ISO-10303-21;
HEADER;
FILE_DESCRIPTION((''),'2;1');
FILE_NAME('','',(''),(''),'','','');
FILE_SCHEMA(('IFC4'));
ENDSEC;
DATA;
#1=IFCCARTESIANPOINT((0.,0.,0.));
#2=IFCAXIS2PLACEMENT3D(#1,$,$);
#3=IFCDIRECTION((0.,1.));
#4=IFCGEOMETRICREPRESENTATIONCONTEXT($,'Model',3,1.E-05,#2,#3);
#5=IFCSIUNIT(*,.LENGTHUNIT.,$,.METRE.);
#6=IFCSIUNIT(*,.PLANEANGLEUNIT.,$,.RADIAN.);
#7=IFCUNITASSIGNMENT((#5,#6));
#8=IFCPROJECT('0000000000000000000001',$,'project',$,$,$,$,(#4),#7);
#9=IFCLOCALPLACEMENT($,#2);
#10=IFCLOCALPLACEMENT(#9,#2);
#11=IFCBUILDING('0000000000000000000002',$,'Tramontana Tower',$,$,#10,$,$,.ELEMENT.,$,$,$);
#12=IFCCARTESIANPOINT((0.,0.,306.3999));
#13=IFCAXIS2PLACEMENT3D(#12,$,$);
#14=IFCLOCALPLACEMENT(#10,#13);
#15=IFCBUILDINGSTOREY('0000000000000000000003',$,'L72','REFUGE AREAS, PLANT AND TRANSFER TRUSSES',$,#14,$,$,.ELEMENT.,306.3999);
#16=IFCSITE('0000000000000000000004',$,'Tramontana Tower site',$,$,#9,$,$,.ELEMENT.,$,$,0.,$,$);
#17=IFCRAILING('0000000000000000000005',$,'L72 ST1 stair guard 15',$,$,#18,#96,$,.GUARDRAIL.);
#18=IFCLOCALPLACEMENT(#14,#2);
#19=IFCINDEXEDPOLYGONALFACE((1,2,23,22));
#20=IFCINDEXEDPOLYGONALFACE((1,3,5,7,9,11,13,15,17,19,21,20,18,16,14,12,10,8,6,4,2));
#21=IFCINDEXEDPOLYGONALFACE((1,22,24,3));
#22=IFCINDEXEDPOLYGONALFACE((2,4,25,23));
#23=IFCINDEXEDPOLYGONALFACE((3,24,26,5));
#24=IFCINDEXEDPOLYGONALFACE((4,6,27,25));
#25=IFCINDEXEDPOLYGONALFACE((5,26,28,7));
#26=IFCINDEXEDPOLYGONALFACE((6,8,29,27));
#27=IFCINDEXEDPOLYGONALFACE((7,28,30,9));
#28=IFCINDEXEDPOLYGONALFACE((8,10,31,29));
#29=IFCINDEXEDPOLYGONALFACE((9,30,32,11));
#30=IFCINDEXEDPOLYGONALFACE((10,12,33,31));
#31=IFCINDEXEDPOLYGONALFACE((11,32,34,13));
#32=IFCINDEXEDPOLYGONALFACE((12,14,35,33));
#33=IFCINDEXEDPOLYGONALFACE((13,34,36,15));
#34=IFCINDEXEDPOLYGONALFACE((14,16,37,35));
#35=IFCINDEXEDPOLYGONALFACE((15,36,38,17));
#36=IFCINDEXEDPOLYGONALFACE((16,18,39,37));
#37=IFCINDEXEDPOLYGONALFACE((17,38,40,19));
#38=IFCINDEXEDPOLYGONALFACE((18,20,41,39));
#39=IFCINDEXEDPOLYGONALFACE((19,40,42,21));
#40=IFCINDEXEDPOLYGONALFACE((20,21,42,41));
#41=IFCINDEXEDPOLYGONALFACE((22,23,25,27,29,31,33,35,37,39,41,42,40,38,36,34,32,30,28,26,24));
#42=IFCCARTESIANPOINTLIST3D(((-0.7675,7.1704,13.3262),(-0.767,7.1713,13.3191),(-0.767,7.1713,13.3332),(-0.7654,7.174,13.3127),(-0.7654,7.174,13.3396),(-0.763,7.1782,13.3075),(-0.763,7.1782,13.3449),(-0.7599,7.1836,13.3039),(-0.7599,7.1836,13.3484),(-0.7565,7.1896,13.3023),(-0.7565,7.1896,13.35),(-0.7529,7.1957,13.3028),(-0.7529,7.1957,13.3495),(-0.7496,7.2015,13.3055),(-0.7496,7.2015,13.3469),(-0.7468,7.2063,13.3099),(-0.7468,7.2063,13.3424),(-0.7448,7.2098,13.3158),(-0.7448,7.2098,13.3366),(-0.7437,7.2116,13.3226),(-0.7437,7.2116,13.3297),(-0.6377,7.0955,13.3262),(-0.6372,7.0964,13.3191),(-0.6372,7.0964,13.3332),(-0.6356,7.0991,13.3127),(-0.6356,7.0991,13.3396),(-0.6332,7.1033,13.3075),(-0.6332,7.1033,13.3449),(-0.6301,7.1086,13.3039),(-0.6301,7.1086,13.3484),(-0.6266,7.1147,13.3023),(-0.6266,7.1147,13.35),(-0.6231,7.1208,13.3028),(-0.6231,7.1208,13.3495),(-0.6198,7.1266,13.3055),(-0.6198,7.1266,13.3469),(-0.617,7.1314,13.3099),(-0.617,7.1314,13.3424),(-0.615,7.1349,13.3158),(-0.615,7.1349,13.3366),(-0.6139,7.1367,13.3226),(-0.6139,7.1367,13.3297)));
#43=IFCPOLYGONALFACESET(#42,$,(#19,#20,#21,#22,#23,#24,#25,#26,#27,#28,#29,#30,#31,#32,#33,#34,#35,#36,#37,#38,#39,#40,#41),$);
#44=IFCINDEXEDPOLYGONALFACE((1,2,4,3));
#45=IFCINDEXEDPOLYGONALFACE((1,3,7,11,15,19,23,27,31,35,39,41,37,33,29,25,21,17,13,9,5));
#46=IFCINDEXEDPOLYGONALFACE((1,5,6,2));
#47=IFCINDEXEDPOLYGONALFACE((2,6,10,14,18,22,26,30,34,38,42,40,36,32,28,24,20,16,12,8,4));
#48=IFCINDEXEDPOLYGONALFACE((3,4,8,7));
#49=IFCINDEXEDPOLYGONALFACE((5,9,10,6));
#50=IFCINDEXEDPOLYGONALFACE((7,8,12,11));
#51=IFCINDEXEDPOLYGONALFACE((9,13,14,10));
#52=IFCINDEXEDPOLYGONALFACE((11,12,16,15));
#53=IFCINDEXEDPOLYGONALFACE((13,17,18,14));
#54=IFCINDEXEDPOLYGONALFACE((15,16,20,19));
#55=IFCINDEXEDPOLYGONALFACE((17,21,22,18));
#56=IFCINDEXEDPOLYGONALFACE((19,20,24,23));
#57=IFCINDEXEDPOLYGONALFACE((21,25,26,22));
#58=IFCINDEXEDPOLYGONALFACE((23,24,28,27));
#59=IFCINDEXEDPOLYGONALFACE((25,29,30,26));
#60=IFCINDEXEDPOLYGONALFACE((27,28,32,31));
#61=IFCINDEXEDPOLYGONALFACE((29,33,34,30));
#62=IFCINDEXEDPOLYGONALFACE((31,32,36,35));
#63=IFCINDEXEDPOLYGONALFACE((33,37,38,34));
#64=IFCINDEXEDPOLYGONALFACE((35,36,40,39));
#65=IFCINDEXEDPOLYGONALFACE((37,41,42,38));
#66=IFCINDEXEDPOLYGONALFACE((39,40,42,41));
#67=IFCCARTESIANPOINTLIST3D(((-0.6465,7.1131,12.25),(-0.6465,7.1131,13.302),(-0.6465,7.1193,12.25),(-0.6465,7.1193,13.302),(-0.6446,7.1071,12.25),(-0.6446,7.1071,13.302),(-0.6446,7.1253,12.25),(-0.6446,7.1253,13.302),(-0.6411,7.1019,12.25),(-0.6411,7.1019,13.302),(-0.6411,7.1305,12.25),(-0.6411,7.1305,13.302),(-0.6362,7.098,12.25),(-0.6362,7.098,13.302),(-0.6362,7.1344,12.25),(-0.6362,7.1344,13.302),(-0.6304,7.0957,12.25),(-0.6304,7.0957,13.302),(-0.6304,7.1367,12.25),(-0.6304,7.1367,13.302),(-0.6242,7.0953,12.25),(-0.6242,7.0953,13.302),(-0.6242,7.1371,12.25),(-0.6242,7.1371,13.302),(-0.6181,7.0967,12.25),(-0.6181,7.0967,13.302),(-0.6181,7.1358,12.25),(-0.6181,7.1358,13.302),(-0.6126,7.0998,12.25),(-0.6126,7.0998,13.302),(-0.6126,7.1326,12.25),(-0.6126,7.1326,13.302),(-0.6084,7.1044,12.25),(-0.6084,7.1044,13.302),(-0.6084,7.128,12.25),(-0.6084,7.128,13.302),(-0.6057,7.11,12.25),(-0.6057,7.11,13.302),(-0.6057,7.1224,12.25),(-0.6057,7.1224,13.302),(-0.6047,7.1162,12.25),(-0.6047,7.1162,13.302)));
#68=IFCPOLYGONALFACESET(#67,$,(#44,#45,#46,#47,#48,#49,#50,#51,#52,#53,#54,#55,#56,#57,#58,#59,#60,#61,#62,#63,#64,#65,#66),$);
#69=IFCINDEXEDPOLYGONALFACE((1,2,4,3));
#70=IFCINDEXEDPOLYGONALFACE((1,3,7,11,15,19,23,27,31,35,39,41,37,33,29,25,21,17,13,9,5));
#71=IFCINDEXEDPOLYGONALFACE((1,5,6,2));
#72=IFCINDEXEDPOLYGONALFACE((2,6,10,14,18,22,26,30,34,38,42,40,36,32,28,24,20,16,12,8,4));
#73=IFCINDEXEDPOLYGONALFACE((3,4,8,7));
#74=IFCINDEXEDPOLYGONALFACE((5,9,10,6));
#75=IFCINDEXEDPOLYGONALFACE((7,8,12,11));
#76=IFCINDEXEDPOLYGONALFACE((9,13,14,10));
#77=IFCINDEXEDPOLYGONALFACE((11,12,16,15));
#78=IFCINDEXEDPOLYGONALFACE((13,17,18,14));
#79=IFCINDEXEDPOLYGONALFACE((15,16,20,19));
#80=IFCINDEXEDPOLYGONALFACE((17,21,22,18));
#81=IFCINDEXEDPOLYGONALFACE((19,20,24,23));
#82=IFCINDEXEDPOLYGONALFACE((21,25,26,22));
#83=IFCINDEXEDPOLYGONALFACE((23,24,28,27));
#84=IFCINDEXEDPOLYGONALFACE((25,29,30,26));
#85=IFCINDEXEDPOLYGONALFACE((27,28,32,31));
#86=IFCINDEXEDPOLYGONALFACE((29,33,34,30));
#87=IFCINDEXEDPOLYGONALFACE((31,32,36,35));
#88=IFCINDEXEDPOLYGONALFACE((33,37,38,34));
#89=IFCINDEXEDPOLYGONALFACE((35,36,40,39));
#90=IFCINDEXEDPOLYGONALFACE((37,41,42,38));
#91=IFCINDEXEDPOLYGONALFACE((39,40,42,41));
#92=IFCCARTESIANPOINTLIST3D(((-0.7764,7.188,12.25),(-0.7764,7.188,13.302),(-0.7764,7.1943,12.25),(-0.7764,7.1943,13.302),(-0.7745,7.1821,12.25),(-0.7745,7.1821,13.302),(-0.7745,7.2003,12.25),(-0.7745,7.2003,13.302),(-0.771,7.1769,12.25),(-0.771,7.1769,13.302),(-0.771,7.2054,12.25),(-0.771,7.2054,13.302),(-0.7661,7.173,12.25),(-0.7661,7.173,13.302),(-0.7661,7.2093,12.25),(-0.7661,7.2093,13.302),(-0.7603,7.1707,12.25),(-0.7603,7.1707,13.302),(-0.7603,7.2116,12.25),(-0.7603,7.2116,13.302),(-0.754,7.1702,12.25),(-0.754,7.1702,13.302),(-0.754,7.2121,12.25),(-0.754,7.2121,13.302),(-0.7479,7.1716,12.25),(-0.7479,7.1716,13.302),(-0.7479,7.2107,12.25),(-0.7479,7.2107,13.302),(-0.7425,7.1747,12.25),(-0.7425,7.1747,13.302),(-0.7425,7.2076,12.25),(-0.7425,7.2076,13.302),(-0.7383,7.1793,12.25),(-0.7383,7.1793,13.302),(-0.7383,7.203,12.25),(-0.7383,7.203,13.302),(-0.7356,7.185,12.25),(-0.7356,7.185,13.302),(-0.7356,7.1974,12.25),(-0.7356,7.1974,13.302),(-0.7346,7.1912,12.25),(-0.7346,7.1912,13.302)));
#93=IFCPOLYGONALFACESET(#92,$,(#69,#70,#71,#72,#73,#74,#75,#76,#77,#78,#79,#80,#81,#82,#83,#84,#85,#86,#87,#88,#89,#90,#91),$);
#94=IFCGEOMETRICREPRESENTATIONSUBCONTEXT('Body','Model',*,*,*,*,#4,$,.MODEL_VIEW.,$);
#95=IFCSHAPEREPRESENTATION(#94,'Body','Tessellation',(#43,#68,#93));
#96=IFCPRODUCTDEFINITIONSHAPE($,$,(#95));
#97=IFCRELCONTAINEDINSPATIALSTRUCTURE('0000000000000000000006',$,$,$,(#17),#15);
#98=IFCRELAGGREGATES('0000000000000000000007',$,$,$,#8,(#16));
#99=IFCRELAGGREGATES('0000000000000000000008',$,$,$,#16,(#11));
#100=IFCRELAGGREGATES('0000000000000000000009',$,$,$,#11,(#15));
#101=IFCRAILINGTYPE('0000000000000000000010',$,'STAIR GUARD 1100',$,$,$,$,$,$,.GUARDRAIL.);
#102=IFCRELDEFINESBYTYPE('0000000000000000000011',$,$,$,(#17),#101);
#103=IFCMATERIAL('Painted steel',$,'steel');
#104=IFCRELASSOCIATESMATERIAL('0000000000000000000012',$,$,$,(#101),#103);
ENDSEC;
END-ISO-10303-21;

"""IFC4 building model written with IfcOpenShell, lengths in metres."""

from ifc_helpers import new_model, si_unit, direction, frame, origin, origin_2d, place, context, subcontext, project, spatial, circle, extrude, material, type_object, element, save


model = new_model("IFC4")

# Units and contexts
model_context = context("Model", 3, precision=1e-05, world=origin(), true_north=direction((0.0, 1.0)))
body_context = subcontext(model_context, "Body", "Model", "MODEL_VIEW")
ifc_project = project(units=[si_unit("LENGTHUNIT", "METRE"), si_unit("PLANEANGLEUNIT", "RADIAN")], contexts=[model_context])

# Site, building, storey
site_placement = place(None, origin())
site = spatial("IfcSite", under=ifc_project, at=site_placement, Name="Tramontana Tower site", CompositionType="ELEMENT", RefElevation=0.0)
building_placement = place(site_placement, origin())
building = spatial("IfcBuilding", under=site, at=building_placement, Name="Tramontana Tower", CompositionType="ELEMENT")
storey_placement = place(building_placement, frame((0.0, 0.0, 306.3999)))
storey = spatial("IfcBuildingStorey", under=building, at=storey_placement, Name="L72", Description="REFUGE AREAS, PLANT AND TRANSFER TRUSSES", CompositionType="ELEMENT", Elevation=306.3999)

# Railing
ifc_material_1 = material(Name="Painted steel", Category="steel")
railing_type_1 = type_object("IfcRailingType", Name="STAIR GUARD 1100", PredefinedType="GUARDRAIL", material=ifc_material_1)
railing_1_placement = place(storey_placement, frame((-0.6257, 7.1162, 12.25)))
element("IfcRailing", 1, at=railing_1_placement, inside=storey, type_object=railing_type_1, Name="L72 ST1 stair guard 15", PredefinedType="GUARDRAIL", context=body_context, shape_type="SweptSolid", body=[
    extrude(circle(Radius=0.0239, at=origin_2d()), frame((0.0, 0.0, 1.0762), z_axis=(-0.866131, 0.499816, 0.0), x_axis=(-0.499816, -0.866131, 0.0)), (0.0, 0.0, 1.0), 0.1499),
    extrude(circle(Radius=0.021, at=origin_2d()), origin(), (0.0, 0.0, 1.0), 1.052),
    extrude(circle(Radius=0.021, at=origin_2d()), frame((-0.1299, 0.075, 0.0)), (0.0, 0.0, 1.0), 1.052),
])

save(model, "model.ifc")
